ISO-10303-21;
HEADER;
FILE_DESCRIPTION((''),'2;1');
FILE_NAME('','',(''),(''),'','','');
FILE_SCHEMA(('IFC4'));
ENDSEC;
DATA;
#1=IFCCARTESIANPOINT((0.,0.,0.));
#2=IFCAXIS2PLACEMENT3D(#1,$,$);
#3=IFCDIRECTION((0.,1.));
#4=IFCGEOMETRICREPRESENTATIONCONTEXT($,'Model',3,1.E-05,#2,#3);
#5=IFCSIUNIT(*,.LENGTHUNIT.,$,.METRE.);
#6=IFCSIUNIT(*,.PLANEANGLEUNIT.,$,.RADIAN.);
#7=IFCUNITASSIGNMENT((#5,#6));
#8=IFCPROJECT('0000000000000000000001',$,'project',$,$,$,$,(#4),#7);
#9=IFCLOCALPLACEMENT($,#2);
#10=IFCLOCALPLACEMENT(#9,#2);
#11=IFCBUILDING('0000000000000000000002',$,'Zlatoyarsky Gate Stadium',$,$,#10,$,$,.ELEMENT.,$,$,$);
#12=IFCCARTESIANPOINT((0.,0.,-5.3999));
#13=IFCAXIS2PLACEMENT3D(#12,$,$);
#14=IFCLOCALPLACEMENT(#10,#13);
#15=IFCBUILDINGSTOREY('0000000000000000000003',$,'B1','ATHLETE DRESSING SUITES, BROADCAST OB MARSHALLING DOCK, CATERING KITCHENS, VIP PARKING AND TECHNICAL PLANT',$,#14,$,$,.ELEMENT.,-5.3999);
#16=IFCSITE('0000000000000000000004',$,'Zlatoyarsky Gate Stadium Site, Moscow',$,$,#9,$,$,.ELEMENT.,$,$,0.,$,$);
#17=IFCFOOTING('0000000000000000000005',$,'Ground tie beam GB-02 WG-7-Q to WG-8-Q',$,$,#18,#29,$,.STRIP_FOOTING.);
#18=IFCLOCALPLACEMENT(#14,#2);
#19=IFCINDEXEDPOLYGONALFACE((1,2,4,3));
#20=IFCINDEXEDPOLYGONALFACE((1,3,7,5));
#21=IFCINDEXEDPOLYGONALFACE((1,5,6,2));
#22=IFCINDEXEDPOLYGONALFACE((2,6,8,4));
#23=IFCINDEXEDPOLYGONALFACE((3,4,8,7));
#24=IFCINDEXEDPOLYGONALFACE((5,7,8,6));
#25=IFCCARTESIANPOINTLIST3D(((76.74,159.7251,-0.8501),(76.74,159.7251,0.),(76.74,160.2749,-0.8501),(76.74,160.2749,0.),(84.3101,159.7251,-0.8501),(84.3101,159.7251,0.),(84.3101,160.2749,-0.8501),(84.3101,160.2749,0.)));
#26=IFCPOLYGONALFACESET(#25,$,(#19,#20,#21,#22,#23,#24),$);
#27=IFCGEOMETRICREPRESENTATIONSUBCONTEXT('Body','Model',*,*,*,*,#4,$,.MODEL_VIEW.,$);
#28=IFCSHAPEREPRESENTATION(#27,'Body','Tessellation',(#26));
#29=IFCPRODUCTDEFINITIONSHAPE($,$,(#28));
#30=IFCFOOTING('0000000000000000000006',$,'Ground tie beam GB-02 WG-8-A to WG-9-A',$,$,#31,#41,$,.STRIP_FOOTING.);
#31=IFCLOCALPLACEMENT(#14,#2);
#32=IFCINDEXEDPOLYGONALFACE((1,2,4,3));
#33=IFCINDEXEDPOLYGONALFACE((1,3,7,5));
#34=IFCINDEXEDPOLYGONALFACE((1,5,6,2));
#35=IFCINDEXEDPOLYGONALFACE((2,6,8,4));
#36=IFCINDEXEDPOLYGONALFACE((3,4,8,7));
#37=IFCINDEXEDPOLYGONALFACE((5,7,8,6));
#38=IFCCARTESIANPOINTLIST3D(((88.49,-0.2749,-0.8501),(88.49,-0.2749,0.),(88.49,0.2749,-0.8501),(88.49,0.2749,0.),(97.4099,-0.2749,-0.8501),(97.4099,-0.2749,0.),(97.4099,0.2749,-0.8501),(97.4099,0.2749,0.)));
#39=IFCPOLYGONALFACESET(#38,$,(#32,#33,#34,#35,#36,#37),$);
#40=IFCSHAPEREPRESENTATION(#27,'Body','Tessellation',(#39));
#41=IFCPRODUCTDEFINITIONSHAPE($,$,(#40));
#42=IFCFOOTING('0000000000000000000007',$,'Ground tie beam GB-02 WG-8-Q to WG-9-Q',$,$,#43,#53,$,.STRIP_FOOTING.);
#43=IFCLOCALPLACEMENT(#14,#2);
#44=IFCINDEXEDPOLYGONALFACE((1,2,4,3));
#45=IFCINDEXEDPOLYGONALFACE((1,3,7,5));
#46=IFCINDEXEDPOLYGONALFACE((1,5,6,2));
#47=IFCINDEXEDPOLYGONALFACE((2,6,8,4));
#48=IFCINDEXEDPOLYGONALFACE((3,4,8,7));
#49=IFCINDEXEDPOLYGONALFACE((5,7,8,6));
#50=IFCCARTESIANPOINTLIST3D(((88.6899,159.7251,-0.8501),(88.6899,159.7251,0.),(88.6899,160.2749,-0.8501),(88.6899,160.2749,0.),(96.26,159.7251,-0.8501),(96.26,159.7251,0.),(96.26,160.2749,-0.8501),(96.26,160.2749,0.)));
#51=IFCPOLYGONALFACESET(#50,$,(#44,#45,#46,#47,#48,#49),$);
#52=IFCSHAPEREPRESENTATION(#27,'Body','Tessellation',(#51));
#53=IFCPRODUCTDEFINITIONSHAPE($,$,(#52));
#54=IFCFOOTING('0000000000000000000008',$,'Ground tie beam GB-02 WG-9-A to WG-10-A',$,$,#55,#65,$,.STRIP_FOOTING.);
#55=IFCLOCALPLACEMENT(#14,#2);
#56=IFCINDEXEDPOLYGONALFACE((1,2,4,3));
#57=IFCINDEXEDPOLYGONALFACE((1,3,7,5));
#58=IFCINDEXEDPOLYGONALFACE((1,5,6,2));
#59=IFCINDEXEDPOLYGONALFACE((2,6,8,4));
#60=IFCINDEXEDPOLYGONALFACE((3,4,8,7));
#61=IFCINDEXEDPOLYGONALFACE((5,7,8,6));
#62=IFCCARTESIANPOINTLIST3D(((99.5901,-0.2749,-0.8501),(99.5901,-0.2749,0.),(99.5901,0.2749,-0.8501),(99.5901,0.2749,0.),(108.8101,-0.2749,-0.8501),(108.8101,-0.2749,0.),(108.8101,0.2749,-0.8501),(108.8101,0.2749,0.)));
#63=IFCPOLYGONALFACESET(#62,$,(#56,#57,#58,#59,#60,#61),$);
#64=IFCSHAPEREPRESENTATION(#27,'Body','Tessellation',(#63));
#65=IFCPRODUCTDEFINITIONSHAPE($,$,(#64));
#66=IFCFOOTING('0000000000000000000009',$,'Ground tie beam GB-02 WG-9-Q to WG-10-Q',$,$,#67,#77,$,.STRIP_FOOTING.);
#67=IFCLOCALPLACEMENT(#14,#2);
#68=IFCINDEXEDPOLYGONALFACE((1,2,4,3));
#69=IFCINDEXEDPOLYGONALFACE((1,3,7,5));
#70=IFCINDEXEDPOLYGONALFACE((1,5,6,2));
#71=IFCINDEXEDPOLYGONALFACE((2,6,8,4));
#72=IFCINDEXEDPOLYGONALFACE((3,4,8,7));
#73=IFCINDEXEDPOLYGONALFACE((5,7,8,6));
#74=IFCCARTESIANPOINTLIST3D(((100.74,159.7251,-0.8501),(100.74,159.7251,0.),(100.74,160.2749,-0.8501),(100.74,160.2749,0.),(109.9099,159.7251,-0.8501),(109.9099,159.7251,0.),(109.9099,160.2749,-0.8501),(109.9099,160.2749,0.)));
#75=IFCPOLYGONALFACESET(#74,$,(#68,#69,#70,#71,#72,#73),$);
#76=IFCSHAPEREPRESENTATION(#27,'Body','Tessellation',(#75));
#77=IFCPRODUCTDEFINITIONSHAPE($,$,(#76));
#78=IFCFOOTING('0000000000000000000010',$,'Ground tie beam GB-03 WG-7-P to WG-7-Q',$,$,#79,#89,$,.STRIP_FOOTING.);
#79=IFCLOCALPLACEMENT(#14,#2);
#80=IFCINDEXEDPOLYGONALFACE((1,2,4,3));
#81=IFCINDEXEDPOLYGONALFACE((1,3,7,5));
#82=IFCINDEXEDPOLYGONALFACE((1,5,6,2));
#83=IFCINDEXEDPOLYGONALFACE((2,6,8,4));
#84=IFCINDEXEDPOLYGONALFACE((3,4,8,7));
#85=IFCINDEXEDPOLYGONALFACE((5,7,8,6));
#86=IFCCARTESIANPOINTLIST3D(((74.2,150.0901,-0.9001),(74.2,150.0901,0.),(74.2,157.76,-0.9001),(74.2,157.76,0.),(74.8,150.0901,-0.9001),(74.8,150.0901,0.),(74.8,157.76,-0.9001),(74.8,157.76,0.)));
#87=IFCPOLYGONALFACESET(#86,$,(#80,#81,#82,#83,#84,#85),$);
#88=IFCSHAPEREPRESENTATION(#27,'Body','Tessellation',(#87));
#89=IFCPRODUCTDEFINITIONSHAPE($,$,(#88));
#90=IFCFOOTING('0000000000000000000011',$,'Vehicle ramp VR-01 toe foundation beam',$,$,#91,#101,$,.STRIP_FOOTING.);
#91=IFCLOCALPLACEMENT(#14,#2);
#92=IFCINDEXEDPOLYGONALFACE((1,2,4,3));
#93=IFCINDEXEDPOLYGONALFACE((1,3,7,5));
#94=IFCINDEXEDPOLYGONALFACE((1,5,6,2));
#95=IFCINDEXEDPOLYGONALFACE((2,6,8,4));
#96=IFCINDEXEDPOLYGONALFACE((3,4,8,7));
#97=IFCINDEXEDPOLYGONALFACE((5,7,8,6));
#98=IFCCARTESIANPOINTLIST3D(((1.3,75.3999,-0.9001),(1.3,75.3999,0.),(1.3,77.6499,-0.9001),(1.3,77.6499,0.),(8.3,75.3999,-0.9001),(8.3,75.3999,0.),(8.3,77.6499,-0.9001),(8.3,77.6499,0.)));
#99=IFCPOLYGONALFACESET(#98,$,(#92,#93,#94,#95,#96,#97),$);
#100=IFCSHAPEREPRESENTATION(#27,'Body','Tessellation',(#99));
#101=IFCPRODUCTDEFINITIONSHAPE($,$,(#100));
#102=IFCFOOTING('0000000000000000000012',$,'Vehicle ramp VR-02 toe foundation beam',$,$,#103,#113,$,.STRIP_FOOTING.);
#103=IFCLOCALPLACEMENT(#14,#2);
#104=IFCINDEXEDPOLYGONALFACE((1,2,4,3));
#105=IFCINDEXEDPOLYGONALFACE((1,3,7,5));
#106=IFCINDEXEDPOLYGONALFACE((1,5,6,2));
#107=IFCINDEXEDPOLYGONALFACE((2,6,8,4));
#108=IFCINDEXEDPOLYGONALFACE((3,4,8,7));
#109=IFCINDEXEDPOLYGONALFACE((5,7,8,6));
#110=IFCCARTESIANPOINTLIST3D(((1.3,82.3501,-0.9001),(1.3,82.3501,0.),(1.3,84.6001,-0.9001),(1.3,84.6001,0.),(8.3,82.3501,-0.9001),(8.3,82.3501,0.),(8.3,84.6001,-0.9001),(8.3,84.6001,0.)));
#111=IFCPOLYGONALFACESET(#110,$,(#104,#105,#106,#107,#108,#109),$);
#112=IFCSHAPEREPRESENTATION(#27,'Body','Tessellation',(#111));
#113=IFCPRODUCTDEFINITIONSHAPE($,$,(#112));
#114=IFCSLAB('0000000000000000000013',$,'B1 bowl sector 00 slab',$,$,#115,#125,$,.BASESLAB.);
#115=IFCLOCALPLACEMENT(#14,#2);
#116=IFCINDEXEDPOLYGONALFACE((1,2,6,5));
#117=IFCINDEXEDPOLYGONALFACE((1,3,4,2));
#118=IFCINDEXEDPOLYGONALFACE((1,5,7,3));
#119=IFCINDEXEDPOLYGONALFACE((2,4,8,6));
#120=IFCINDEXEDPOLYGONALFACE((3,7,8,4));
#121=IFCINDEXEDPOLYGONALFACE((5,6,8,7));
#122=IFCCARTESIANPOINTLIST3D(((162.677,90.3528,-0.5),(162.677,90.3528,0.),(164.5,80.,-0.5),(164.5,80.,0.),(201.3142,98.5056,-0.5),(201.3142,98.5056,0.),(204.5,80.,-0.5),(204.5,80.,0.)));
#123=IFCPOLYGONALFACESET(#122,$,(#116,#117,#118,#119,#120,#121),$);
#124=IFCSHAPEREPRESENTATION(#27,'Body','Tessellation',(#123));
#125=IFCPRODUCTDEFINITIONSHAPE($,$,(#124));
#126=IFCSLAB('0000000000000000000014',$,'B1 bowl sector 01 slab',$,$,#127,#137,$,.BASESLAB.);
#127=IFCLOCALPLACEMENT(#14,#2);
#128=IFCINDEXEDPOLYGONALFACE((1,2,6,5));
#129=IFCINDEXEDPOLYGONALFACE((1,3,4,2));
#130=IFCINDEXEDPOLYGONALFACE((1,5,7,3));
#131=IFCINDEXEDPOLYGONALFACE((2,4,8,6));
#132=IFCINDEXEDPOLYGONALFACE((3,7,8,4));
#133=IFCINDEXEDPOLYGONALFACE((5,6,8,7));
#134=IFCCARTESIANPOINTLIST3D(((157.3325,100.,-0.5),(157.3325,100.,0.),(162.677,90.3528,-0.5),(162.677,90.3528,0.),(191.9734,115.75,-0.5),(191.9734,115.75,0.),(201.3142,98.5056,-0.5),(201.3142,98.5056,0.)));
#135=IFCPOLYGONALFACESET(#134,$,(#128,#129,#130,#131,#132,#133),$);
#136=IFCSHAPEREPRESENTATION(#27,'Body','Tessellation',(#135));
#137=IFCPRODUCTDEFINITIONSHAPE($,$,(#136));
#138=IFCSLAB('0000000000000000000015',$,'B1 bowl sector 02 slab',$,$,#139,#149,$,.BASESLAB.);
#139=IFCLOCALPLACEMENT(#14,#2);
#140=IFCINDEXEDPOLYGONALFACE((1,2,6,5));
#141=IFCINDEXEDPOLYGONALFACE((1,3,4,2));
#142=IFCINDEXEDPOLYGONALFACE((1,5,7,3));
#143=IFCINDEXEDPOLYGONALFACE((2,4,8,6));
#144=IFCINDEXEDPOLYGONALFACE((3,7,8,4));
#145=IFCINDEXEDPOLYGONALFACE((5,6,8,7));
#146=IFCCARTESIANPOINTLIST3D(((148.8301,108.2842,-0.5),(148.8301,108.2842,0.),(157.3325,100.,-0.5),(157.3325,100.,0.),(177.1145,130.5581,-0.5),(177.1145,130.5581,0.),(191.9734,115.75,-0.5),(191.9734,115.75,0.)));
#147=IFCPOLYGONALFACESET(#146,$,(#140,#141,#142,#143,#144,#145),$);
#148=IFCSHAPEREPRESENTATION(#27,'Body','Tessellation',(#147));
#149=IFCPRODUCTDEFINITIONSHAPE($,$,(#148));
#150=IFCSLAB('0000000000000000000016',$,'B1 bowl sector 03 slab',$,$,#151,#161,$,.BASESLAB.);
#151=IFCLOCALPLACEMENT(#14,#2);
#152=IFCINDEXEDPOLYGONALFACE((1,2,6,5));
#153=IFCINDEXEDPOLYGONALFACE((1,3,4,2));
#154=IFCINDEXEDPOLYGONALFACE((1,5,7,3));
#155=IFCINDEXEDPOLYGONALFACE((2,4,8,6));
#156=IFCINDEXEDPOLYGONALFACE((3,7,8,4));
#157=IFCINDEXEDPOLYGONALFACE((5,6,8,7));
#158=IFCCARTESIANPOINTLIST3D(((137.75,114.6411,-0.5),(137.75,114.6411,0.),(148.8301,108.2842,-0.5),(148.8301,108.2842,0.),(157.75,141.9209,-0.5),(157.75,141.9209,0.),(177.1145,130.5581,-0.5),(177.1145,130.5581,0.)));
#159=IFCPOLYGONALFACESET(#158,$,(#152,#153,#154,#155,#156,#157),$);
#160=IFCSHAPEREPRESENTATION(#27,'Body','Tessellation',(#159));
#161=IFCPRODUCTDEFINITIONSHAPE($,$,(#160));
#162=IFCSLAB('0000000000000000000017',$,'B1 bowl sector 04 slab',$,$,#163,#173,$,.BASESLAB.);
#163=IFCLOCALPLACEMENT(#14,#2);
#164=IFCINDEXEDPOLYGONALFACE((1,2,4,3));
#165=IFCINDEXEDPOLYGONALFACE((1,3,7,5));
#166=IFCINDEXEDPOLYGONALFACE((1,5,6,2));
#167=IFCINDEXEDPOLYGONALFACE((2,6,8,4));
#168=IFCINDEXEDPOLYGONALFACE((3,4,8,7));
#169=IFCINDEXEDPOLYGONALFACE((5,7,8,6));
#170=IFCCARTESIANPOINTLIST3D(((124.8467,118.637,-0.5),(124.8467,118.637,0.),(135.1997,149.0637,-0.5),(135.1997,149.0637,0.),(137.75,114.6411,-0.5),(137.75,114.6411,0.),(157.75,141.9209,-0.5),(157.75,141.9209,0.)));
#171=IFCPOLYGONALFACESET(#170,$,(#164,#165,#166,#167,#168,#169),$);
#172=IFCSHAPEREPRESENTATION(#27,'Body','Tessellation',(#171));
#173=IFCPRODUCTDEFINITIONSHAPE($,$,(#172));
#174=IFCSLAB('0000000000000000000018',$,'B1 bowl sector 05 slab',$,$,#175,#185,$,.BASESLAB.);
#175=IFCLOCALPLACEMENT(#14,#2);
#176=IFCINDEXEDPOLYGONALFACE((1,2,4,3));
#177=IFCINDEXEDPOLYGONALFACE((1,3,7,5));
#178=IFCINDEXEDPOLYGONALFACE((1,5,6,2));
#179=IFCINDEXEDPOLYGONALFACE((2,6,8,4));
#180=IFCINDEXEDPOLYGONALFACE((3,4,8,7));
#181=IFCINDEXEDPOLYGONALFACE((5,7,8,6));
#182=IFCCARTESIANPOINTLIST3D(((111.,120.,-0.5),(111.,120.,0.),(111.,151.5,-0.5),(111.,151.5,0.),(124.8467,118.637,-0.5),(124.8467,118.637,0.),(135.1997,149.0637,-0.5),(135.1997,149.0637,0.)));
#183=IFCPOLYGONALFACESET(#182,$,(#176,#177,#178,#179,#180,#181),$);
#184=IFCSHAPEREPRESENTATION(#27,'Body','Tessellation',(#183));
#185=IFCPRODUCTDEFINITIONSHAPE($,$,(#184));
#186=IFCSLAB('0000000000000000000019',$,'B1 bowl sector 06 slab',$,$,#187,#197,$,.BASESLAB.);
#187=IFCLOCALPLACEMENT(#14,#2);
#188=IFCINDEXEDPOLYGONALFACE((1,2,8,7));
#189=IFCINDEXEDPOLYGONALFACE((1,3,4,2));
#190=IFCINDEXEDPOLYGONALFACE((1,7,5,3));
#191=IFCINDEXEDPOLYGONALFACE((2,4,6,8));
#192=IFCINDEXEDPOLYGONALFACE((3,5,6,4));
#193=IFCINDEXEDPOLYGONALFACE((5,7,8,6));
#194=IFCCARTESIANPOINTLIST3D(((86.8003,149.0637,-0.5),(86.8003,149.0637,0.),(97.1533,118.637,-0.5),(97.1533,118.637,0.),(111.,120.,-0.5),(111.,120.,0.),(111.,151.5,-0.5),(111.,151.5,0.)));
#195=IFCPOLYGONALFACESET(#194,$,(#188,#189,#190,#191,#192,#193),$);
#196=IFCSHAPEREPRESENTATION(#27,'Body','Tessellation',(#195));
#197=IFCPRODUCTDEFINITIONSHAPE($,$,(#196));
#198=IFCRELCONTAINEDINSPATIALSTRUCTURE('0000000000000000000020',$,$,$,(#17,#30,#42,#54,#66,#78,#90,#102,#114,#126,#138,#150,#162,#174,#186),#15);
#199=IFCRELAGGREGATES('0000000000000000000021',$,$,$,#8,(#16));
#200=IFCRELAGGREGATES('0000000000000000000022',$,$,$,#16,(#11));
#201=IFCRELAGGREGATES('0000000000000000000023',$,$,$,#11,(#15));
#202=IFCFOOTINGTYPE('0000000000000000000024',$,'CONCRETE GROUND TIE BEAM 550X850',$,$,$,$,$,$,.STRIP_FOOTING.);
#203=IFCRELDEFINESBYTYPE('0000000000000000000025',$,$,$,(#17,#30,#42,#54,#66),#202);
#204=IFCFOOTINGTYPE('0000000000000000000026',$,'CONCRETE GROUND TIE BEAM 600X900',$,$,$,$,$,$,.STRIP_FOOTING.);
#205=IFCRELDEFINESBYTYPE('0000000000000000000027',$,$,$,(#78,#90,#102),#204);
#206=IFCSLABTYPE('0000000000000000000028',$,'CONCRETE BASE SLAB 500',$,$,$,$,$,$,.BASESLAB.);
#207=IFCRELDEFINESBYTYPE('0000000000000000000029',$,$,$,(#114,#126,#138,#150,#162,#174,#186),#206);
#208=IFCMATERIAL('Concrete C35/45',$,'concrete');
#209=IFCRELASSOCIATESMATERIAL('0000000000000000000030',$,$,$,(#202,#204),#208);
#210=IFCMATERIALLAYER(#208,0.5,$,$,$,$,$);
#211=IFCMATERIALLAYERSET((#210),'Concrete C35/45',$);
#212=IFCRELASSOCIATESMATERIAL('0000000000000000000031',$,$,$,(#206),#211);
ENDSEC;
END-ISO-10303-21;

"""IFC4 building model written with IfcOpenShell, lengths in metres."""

from ifc_helpers import new_model, si_unit, direction, frame, origin, origin_2d, place, context, subcontext, project, spatial, polyline, rectangle, outline, extrude, material, layer, layer_set, material_profile, profile_set, type_object, element, save


model = new_model("IFC4")

# Units and contexts
model_context = context("Model", 3, precision=1e-05, world=origin(), true_north=direction((0.0, 1.0)))
body_context = subcontext(model_context, "Body", "Model", "MODEL_VIEW")
ifc_project = project(units=[si_unit("LENGTHUNIT", "METRE"), si_unit("PLANEANGLEUNIT", "RADIAN")], contexts=[model_context])

# Site, building, storey
site_placement = place(None, origin())
site = spatial("IfcSite", under=ifc_project, at=site_placement, Name="Zlatoyarsky Gate Stadium Site, Moscow", CompositionType="ELEMENT", RefElevation=0.0)
building_placement = place(site_placement, origin())
building = spatial("IfcBuilding", under=site, at=building_placement, Name="Zlatoyarsky Gate Stadium", CompositionType="ELEMENT")
storey_placement = place(building_placement, frame((0.0, 0.0, -5.3999)))
storey = spatial("IfcBuildingStorey", under=building, at=storey_placement, Name="B1", Description="ATHLETE DRESSING SUITES, BROADCAST OB MARSHALLING DOCK, CATERING KITCHENS, VIP PARKING AND TECHNICAL PLANT", CompositionType="ELEMENT", Elevation=-5.3999)

# Footings
ifc_material = material(Name="Concrete C35/45", Category="concrete")
ifc_material_profile_1 = material_profile(ifc_material, rectangle(XDim=0.55, YDim=0.8501, at=origin_2d()), Name="GB 550X850")
ifc_profile_set_1 = profile_set([ifc_material_profile_1], Name="Concrete C35/45")
footing_type_1 = type_object("IfcFootingType", Name="CONCRETE GROUND TIE BEAM 550X850", PredefinedType="STRIP_FOOTING", material=ifc_profile_set_1)
footing_1_placement = place(storey_placement, frame((0.0, 0.0, -0.8501)))
element("IfcFooting", 1, at=footing_1_placement, inside=storey, type_object=footing_type_1, Name="Ground tie beam GB-02 WG-7-Q to WG-8-Q", PredefinedType="STRIP_FOOTING", context=body_context, shape_type="SweptSolid", body=[
    extrude(outline(polyline([(76.74, 159.7251), (84.3101, 159.7251), (84.3101, 160.2749), (76.74, 160.2749), (76.74, 159.7251)])), origin(), (0.0, 0.0, 1.0), 0.8501),
])
footing_2_placement = place(storey_placement, frame((0.0, 0.0, -0.8501)))
element("IfcFooting", 2, at=footing_2_placement, inside=storey, type_object=footing_type_1, Name="Ground tie beam GB-02 WG-8-A to WG-9-A", PredefinedType="STRIP_FOOTING", context=body_context, shape_type="SweptSolid", body=[
    extrude(outline(polyline([(88.49, -0.2749), (97.4099, -0.2749), (97.4099, 0.2749), (88.49, 0.2749), (88.49, -0.2749)])), origin(), (0.0, 0.0, 1.0), 0.8501),
])
footing_3_placement = place(storey_placement, frame((0.0, 0.0, -0.8501)))
element("IfcFooting", 3, at=footing_3_placement, inside=storey, type_object=footing_type_1, Name="Ground tie beam GB-02 WG-8-Q to WG-9-Q", PredefinedType="STRIP_FOOTING", context=body_context, shape_type="SweptSolid", body=[
    extrude(outline(polyline([(88.6899, 159.7251), (96.26, 159.7251), (96.26, 160.2749), (88.6899, 160.2749), (88.6899, 159.7251)])), origin(), (0.0, 0.0, 1.0), 0.8501),
])
footing_4_placement = place(storey_placement, frame((0.0, 0.0, -0.8501)))
element("IfcFooting", 4, at=footing_4_placement, inside=storey, type_object=footing_type_1, Name="Ground tie beam GB-02 WG-9-A to WG-10-A", PredefinedType="STRIP_FOOTING", context=body_context, shape_type="SweptSolid", body=[
    extrude(outline(polyline([(99.5901, -0.2749), (108.8101, -0.2749), (108.8101, 0.2749), (99.5901, 0.2749), (99.5901, -0.2749)])), origin(), (0.0, 0.0, 1.0), 0.8501),
])
footing_5_placement = place(storey_placement, frame((0.0, 0.0, -0.8501)))
element("IfcFooting", 5, at=footing_5_placement, inside=storey, type_object=footing_type_1, Name="Ground tie beam GB-02 WG-9-Q to WG-10-Q", PredefinedType="STRIP_FOOTING", context=body_context, shape_type="SweptSolid", body=[
    extrude(outline(polyline([(100.74, 159.7251), (109.9099, 159.7251), (109.9099, 160.2749), (100.74, 160.2749), (100.74, 159.7251)])), origin(), (0.0, 0.0, 1.0), 0.8501),
])
ifc_material_profile_2 = material_profile(ifc_material, rectangle(XDim=0.6001, YDim=0.8999, at=origin_2d()), Name="GB 600X900")
ifc_profile_set_2 = profile_set([ifc_material_profile_2], Name="Concrete C35/45")
footing_type_2 = type_object("IfcFootingType", Name="CONCRETE GROUND TIE BEAM 600X900", PredefinedType="STRIP_FOOTING", material=ifc_profile_set_2)
footing_6_placement = place(storey_placement, frame((0.0, 0.0, -0.9001)))
element("IfcFooting", 6, at=footing_6_placement, inside=storey, type_object=footing_type_2, Name="Ground tie beam GB-03 WG-7-P to WG-7-Q", PredefinedType="STRIP_FOOTING", context=body_context, shape_type="SweptSolid", body=[
    extrude(outline(polyline([(74.8, 150.0901), (74.8, 157.76), (74.2, 157.76), (74.2, 150.0901), (74.8, 150.0901)])), origin(), (0.0, 0.0, 1.0), 0.9001),
])
footing_7_placement = place(storey_placement, frame((0.0, 0.0, -0.9001)))
element("IfcFooting", 7, at=footing_7_placement, inside=storey, type_object=footing_type_2, Name="Vehicle ramp VR-01 toe foundation beam", PredefinedType="STRIP_FOOTING", context=body_context, shape_type="SweptSolid", body=[
    extrude(outline(polyline([(1.3, 75.3999), (8.3, 75.3999), (8.3, 77.6499), (1.3, 77.6499), (1.3, 75.3999)])), origin(), (0.0, 0.0, 1.0), 0.9001),
])
footing_8_placement = place(storey_placement, frame((0.0, 0.0, -0.9001)))
element("IfcFooting", 8, at=footing_8_placement, inside=storey, type_object=footing_type_2, Name="Vehicle ramp VR-02 toe foundation beam", PredefinedType="STRIP_FOOTING", context=body_context, shape_type="SweptSolid", body=[
    extrude(outline(polyline([(1.3, 82.3501), (8.3, 82.3501), (8.3, 84.6001), (1.3, 84.6001), (1.3, 82.3501)])), origin(), (0.0, 0.0, 1.0), 0.9001),
])

# Slabs
ifc_layer = layer(ifc_material, 0.5)
ifc_layer_set = layer_set([ifc_layer], Name="Concrete C35/45")
slab_type = type_object("IfcSlabType", Name="CONCRETE BASE SLAB 500", PredefinedType="BASESLAB", material=ifc_layer_set)
slab_1_placement = place(storey_placement, frame((0.0, 0.0, -0.5)))
element("IfcSlab", 9, at=slab_1_placement, inside=storey, type_object=slab_type, Name="B1 bowl sector 00 slab", PredefinedType="BASESLAB", context=body_context, shape_type="SweptSolid", body=[
    extrude(outline(polyline([(162.677, 90.3528), (201.3142, 98.5056), (204.5, 80.0), (164.5, 80.0), (162.677, 90.3528)])), origin(), (0.0, 0.0, 1.0), 0.5),
])
slab_2_placement = place(storey_placement, frame((0.0, 0.0, -0.5)))
element("IfcSlab", 10, at=slab_2_placement, inside=storey, type_object=slab_type, Name="B1 bowl sector 01 slab", PredefinedType="BASESLAB", context=body_context, shape_type="SweptSolid", body=[
    extrude(outline(polyline([(157.3325, 100.0), (191.9734, 115.75), (201.3142, 98.5056), (162.677, 90.3528), (157.3325, 100.0)])), origin(), (0.0, 0.0, 1.0), 0.5),
])
slab_3_placement = place(storey_placement, frame((0.0, 0.0, -0.5)))
element("IfcSlab", 11, at=slab_3_placement, inside=storey, type_object=slab_type, Name="B1 bowl sector 02 slab", PredefinedType="BASESLAB", context=body_context, shape_type="SweptSolid", body=[
    extrude(outline(polyline([(148.8301, 108.2842), (177.1145, 130.5581), (191.9734, 115.75), (157.3325, 100.0), (148.8301, 108.2842)])), origin(), (0.0, 0.0, 1.0), 0.5),
])
slab_4_placement = place(storey_placement, frame((0.0, 0.0, -0.5)))
element("IfcSlab", 12, at=slab_4_placement, inside=storey, type_object=slab_type, Name="B1 bowl sector 03 slab", PredefinedType="BASESLAB", context=body_context, shape_type="SweptSolid", body=[
    extrude(outline(polyline([(137.75, 114.6411), (157.75, 141.9209), (177.1145, 130.5581), (148.8301, 108.2842), (137.75, 114.6411)])), origin(), (0.0, 0.0, 1.0), 0.5),
])
slab_5_placement = place(storey_placement, frame((0.0, 0.0, -0.5)))
element("IfcSlab", 13, at=slab_5_placement, inside=storey, type_object=slab_type, Name="B1 bowl sector 04 slab", PredefinedType="BASESLAB", context=body_context, shape_type="SweptSolid", body=[
    extrude(outline(polyline([(124.8467, 118.637), (135.1997, 149.0637), (157.75, 141.9209), (137.75, 114.6411), (124.8467, 118.637)])), origin(), (0.0, 0.0, 1.0), 0.5),
])
slab_6_placement = place(storey_placement, frame((0.0, 0.0, -0.5)))
element("IfcSlab", 14, at=slab_6_placement, inside=storey, type_object=slab_type, Name="B1 bowl sector 05 slab", PredefinedType="BASESLAB", context=body_context, shape_type="SweptSolid", body=[
    extrude(outline(polyline([(111.0, 120.0), (111.0, 151.5), (135.1997, 149.0637), (124.8467, 118.637), (111.0, 120.0)])), origin(), (0.0, 0.0, 1.0), 0.5),
])
slab_7_placement = place(storey_placement, frame((0.0, 0.0, -0.5)))
element("IfcSlab", 15, at=slab_7_placement, inside=storey, type_object=slab_type, Name="B1 bowl sector 06 slab", PredefinedType="BASESLAB", context=body_context, shape_type="SweptSolid", body=[
    extrude(outline(polyline([(97.1533, 118.637), (86.8003, 149.0637), (111.0, 151.5), (111.0, 120.0), (97.1533, 118.637)])), origin(), (0.0, 0.0, 1.0), 0.5),
])

save(model, "model.ifc")
